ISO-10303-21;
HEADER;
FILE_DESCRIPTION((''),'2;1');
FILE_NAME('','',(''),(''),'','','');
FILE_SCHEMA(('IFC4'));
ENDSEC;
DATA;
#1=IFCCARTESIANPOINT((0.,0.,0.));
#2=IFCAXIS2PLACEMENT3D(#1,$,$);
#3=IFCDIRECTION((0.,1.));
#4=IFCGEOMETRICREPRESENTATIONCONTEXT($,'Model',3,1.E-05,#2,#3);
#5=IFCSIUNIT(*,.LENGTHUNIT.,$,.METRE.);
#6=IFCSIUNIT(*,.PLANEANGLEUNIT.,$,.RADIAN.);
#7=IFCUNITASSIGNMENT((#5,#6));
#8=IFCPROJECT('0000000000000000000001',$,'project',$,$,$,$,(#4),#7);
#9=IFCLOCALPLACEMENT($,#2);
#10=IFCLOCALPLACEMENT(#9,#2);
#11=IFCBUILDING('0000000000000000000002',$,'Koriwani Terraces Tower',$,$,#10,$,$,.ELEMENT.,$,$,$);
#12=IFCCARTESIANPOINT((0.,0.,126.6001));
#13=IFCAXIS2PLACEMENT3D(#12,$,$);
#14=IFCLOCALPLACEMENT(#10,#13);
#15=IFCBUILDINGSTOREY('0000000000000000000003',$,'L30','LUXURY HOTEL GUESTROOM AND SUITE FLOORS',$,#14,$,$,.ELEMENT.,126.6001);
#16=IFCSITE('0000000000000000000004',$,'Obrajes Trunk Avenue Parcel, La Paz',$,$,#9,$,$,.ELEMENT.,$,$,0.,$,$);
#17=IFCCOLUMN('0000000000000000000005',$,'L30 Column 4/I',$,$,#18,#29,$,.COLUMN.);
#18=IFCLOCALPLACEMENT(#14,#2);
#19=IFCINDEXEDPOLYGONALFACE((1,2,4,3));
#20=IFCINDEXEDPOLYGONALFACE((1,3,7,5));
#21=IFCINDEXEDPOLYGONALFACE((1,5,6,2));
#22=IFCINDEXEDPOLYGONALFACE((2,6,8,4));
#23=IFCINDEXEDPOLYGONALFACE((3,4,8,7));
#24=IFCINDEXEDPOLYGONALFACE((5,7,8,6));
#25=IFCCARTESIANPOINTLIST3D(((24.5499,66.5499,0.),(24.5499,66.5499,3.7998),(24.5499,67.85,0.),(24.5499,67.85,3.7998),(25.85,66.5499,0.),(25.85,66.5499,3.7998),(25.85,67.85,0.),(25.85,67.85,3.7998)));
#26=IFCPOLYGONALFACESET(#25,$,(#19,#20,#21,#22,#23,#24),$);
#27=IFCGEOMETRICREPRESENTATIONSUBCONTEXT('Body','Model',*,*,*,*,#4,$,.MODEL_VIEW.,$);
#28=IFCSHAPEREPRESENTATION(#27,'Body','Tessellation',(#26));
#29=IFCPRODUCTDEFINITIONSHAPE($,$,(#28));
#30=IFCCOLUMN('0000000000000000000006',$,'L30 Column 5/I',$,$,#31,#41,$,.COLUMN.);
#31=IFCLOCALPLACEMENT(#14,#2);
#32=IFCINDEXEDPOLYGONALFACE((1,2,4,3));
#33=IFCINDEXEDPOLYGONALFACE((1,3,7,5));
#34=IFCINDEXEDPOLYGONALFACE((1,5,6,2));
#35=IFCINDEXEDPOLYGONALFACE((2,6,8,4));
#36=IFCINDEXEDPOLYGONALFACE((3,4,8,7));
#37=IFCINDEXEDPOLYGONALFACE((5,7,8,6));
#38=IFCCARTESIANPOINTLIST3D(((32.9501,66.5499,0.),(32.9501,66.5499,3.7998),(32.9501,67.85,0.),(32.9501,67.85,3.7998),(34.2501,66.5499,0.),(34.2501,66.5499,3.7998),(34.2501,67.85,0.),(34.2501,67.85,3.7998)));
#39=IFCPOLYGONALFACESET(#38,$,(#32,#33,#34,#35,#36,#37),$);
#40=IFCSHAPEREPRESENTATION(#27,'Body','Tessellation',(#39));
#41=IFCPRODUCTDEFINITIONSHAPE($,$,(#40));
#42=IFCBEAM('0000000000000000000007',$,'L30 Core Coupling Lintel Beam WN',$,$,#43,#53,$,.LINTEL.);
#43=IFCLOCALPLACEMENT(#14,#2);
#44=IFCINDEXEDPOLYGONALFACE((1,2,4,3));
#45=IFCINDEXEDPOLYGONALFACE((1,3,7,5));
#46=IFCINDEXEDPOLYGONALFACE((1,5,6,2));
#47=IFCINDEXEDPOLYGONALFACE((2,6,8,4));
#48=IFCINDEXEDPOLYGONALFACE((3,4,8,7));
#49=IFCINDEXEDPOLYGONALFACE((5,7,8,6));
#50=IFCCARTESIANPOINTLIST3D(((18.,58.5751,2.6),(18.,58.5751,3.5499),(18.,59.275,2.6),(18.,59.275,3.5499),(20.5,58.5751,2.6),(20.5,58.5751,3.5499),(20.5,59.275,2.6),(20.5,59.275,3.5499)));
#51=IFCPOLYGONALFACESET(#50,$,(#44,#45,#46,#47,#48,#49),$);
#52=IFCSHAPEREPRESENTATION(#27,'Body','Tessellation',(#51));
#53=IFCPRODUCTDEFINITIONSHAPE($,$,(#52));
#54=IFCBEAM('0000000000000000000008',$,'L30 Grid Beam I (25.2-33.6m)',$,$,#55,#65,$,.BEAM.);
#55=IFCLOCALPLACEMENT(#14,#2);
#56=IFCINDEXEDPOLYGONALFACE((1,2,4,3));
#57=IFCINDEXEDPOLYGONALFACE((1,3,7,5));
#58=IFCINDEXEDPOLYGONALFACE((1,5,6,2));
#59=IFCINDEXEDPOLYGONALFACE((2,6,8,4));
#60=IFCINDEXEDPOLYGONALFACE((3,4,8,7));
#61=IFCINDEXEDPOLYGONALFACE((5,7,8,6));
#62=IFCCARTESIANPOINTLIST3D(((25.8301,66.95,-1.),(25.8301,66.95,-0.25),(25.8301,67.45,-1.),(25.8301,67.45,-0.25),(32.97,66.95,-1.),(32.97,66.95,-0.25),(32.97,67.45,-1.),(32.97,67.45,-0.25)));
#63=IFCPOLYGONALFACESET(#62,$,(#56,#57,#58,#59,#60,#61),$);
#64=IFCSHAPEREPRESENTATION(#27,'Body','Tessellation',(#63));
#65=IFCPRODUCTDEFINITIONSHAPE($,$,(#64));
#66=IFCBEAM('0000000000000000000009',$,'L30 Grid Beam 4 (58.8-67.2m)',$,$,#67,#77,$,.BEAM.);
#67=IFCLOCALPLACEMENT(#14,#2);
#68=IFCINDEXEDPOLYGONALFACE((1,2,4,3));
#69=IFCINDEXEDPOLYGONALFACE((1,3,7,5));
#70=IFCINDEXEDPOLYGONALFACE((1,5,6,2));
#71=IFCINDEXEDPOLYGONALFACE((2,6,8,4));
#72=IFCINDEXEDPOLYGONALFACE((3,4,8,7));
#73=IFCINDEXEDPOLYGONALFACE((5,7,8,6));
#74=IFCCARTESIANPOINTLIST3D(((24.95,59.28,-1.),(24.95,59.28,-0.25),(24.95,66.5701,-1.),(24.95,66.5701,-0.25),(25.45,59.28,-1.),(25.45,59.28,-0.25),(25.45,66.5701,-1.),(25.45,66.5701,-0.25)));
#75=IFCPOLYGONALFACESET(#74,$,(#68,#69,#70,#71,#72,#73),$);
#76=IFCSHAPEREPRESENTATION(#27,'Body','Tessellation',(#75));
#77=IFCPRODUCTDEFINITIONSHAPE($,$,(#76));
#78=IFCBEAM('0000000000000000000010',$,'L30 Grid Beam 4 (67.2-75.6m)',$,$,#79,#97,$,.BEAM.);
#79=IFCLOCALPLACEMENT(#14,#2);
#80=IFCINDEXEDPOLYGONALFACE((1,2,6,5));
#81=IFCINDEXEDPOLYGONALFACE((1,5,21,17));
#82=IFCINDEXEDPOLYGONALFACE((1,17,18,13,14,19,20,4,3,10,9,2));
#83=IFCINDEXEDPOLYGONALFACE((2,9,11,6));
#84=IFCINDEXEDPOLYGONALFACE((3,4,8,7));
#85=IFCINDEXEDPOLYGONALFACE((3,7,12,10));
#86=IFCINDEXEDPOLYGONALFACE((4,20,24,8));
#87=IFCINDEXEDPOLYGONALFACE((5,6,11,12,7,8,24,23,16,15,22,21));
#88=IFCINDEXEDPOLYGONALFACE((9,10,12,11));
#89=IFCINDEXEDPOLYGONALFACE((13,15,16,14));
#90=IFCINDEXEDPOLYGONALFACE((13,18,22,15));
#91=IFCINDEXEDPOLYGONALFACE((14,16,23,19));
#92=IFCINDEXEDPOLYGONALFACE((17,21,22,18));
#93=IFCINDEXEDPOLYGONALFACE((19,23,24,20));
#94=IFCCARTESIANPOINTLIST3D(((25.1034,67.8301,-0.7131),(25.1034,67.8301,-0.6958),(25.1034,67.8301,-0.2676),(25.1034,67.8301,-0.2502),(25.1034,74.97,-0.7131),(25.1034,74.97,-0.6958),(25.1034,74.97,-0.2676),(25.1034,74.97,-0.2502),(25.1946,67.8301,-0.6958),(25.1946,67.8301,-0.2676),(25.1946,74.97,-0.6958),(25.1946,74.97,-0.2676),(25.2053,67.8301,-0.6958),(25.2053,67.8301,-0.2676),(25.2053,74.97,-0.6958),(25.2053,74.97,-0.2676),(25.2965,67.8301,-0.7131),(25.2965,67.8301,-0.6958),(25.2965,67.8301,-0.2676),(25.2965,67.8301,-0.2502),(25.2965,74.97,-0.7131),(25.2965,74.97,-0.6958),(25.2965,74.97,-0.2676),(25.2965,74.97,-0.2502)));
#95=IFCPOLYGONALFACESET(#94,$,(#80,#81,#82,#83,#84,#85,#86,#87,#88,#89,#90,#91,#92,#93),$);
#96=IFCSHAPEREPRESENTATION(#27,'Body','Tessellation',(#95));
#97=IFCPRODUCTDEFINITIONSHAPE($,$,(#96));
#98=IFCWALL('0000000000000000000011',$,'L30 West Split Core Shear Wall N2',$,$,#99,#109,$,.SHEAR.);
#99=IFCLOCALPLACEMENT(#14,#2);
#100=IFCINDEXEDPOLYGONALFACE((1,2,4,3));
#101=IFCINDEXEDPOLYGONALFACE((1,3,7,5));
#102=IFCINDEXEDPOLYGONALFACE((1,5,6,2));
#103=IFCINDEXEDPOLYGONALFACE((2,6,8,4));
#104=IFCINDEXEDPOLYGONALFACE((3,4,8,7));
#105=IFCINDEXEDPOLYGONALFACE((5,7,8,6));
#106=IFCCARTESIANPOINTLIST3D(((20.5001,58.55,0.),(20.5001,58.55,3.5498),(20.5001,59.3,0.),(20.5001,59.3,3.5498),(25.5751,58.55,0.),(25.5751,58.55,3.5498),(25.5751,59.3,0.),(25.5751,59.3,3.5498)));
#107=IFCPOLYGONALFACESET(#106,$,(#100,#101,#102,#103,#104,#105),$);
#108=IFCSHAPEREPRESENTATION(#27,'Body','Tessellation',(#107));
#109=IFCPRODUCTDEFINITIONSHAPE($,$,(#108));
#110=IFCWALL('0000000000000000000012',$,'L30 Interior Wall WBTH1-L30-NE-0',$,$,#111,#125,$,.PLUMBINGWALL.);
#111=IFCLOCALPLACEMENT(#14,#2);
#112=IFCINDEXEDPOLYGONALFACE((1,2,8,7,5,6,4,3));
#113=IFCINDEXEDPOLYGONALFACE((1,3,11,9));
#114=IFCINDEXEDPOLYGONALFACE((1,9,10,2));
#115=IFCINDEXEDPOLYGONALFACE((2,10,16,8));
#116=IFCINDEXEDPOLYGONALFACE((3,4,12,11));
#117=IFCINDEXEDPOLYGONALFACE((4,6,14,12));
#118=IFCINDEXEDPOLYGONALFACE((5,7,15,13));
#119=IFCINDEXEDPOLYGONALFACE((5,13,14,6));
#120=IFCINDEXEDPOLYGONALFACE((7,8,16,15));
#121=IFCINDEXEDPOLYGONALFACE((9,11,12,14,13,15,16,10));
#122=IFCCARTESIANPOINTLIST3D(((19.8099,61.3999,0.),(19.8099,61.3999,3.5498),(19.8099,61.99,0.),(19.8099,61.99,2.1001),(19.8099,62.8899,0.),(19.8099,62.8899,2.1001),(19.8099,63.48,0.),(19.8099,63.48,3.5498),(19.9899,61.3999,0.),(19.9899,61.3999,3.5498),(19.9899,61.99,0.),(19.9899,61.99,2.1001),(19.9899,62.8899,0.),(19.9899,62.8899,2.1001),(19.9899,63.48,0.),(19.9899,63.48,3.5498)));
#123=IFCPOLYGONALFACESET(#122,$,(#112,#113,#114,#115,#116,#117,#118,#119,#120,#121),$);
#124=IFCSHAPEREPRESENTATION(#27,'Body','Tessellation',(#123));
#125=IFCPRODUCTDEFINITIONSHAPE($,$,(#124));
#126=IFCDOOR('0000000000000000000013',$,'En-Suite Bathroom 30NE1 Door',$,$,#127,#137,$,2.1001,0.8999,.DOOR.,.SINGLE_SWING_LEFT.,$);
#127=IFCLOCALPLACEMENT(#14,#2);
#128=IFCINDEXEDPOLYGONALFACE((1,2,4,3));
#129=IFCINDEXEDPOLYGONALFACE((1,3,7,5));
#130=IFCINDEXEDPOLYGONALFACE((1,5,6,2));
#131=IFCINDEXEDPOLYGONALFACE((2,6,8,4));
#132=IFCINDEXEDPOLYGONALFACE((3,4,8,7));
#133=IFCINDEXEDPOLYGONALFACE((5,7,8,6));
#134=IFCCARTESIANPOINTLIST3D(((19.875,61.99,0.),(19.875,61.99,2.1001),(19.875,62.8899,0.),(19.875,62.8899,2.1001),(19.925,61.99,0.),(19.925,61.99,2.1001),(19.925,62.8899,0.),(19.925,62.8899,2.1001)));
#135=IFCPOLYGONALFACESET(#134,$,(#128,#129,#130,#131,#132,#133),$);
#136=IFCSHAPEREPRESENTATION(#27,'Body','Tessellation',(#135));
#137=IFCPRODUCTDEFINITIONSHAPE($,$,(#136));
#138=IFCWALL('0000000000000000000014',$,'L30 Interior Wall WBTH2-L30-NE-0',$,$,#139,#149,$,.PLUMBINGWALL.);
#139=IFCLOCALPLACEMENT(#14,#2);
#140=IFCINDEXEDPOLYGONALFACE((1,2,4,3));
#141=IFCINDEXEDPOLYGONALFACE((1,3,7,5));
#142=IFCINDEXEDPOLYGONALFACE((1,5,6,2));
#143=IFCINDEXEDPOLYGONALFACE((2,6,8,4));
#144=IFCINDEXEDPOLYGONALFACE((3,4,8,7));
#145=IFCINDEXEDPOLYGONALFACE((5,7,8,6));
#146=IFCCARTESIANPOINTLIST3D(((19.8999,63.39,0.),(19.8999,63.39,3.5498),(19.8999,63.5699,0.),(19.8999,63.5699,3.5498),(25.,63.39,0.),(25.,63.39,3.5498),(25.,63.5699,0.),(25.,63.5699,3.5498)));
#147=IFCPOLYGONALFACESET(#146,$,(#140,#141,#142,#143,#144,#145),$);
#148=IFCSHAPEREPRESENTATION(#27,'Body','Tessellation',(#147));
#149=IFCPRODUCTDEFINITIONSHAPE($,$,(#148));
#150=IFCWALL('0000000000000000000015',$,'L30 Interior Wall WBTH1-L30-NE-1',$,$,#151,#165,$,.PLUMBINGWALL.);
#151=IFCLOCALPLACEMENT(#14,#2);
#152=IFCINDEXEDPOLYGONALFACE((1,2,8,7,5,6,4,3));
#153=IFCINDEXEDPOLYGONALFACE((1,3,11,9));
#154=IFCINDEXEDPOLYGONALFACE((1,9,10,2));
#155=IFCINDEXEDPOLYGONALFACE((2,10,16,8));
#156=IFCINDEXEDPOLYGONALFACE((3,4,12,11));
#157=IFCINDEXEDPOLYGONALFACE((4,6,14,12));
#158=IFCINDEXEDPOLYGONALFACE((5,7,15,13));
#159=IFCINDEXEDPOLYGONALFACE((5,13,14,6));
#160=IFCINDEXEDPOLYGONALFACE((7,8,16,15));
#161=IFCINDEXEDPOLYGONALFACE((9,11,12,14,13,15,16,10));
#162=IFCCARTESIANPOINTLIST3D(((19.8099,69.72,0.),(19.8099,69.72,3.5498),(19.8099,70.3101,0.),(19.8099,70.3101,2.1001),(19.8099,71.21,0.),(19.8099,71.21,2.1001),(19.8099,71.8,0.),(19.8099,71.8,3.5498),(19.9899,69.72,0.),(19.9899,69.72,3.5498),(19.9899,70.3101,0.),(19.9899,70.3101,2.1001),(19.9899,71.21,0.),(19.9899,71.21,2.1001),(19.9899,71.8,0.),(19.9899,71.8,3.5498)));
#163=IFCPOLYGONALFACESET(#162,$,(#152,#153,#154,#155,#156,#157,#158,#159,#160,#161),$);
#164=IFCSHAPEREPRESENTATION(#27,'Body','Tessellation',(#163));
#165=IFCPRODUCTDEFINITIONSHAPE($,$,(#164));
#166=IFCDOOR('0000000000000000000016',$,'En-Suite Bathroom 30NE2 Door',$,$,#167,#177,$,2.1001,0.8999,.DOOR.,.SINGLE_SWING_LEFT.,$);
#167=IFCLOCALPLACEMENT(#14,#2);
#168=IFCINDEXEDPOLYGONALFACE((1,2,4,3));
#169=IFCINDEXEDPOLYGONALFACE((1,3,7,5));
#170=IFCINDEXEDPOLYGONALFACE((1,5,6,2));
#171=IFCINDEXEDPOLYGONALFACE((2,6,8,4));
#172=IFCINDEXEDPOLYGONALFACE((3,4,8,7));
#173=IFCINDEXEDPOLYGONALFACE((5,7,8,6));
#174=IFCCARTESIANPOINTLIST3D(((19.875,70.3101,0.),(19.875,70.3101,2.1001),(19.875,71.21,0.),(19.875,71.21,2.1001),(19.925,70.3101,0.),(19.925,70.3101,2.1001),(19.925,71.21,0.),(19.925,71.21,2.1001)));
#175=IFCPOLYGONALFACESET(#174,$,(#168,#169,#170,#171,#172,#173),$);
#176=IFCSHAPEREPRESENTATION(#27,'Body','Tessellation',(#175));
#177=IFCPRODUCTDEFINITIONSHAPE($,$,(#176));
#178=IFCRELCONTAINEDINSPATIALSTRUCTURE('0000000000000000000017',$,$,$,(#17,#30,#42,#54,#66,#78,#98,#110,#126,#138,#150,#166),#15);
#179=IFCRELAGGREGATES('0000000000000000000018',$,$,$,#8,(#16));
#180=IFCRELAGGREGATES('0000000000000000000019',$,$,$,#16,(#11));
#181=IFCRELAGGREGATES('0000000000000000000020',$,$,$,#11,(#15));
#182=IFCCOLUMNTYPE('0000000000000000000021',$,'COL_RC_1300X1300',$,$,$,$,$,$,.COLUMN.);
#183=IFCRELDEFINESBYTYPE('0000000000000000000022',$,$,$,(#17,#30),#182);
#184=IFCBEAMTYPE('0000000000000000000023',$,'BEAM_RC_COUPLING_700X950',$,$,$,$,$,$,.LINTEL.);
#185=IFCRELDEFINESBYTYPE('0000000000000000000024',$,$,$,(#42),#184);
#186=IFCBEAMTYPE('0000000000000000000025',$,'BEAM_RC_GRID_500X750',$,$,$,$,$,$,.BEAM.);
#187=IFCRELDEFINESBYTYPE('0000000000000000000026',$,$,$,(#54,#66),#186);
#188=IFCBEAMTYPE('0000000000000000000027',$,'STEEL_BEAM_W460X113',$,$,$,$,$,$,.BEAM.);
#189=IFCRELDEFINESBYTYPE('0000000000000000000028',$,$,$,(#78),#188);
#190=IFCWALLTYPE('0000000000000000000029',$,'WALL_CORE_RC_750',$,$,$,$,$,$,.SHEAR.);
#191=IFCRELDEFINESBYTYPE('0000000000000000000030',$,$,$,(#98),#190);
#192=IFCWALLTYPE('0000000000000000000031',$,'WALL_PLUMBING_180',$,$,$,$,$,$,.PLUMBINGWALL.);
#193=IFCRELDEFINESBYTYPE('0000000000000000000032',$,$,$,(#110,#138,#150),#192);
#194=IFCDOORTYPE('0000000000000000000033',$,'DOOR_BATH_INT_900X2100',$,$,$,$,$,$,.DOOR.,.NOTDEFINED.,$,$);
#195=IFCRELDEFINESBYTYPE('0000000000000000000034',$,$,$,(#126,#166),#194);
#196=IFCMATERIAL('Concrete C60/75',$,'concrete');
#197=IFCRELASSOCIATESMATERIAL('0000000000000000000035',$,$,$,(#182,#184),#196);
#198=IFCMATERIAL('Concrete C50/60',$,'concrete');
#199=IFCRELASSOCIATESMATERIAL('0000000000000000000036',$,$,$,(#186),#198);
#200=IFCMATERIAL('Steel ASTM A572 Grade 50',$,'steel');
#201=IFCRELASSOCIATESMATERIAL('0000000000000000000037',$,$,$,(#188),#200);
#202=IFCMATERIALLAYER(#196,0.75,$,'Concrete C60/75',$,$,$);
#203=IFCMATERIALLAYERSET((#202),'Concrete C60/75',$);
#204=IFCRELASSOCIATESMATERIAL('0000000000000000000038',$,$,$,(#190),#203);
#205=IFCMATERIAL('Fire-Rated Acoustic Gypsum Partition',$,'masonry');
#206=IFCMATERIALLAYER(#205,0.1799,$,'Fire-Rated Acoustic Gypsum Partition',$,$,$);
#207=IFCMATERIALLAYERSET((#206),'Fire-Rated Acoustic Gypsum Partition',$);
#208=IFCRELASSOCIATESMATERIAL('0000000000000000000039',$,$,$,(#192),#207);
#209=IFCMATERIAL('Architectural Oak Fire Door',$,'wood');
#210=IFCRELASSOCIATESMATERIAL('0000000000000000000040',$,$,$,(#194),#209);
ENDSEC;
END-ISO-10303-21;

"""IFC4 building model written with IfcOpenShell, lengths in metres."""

from ifc_helpers import new_model, si_unit, direction, frame, frame_2d, origin, origin_2d, place, context, subcontext, project, spatial, rectangle, i_section, extrude, material, layer, layer_set, material_profile, profile_set, type_object, element, fill, save


model = new_model("IFC4")

# Units and contexts
model_context = context("Model", 3, precision=1e-05, world=origin(), true_north=direction((0.0, 1.0)))
body_context = subcontext(model_context, "Body", "Model", "MODEL_VIEW")
ifc_project = project(units=[si_unit("LENGTHUNIT", "METRE"), si_unit("PLANEANGLEUNIT", "RADIAN")], contexts=[model_context])

# Site, building, storey
site_placement = place(None, origin())
site = spatial("IfcSite", under=ifc_project, at=site_placement, Name="Obrajes Trunk Avenue Parcel, La Paz", CompositionType="ELEMENT", RefElevation=0.0)
building_placement = place(site_placement, origin())
building = spatial("IfcBuilding", under=site, at=building_placement, Name="Koriwani Terraces Tower", CompositionType="ELEMENT")
storey_placement = place(building_placement, frame((0.0, 0.0, 126.6001)))
storey = spatial("IfcBuildingStorey", under=building, at=storey_placement, Name="L30", Description="LUXURY HOTEL GUESTROOM AND SUITE FLOORS", CompositionType="ELEMENT", Elevation=126.6001)

# Columns
ifc_material_1 = material(Name="Concrete C60/75", Category="concrete")
ifc_material_profile_1 = material_profile(ifc_material_1, rectangle(XDim=1.3, YDim=1.3, at=origin_2d()), Name="Concrete C60/75", Category="LoadBearing")
ifc_profile_set_1 = profile_set([ifc_material_profile_1], Name="Concrete C60/75")
column_type = type_object("IfcColumnType", Name="COL_RC_1300X1300", PredefinedType="COLUMN", material=ifc_profile_set_1)
for number, where, z_axis, x_axis, name in (
    (1, (25.2, 67.2, 0.0), (0.0, 0.0, 1.0), (1.0, 0.0, 0.0), "L30 Column 4/I"),
    (2, (33.6001, 67.2, 0.0), (0.0, 0.0, 1.0), (1.0, 0.0, 0.0), "L30 Column 5/I"),
):
    element("IfcColumn", number, at=place(storey_placement, frame(where, z_axis=z_axis, x_axis=x_axis)), inside=storey, type_object=column_type, Name=name, PredefinedType="COLUMN", context=body_context, shape_type="SweptSolid", body=[
        extrude(rectangle(XDim=1.3, YDim=1.3, at=origin_2d()), origin(), (0.0, 0.0, 1.0), 3.7998),
    ])

# Beams
ifc_material_profile_2 = material_profile(ifc_material_1, rectangle(XDim=0.7, YDim=0.95, at=origin_2d()), Name="Concrete C60/75", Category="LoadBearing")
ifc_profile_set_2 = profile_set([ifc_material_profile_2], Name="Concrete C60/75")
beam_type_1 = type_object("IfcBeamType", Name="BEAM_RC_COUPLING_700X950", PredefinedType="LINTEL", material=ifc_profile_set_2)
beam_1_placement = place(storey_placement, frame((18.0, 58.925, 3.075), z_axis=(1.0, 0.0, 0.0), x_axis=(0.0, 1.0, 0.0)))
element("IfcBeam", 3, at=beam_1_placement, inside=storey, type_object=beam_type_1, Name="L30 Core Coupling Lintel Beam WN", PredefinedType="LINTEL", context=body_context, shape_type="SweptSolid", body=[
    extrude(rectangle(XDim=0.7, YDim=0.95, at=origin_2d()), origin(), (0.0, 0.0, 1.0), 2.5),
])
ifc_material_2 = material(Name="Concrete C50/60", Category="concrete")
ifc_material_profile_3 = material_profile(ifc_material_2, rectangle(XDim=0.5, YDim=0.75, at=origin_2d()), Name="Concrete C50/60", Category="LoadBearing")
ifc_profile_set_3 = profile_set([ifc_material_profile_3], Name="Concrete C50/60")
beam_type_2 = type_object("IfcBeamType", Name="BEAM_RC_GRID_500X750", PredefinedType="BEAM", material=ifc_profile_set_3)
beam_2_placement = place(storey_placement, frame((25.8301, 67.2, -0.625), z_axis=(1.0, 0.0, 0.0), x_axis=(0.0, 1.0, 0.0)))
element("IfcBeam", 4, at=beam_2_placement, inside=storey, type_object=beam_type_2, Name="L30 Grid Beam I (25.2-33.6m)", PredefinedType="BEAM", context=body_context, shape_type="SweptSolid", body=[
    extrude(rectangle(XDim=0.5, YDim=0.75, at=origin_2d()), origin(), (0.0, 0.0, 1.0), 7.1399),
])
beam_3_placement = place(storey_placement, frame((25.2, 59.28, -0.625), z_axis=(0.0, 1.0, 0.0), x_axis=(-1.0, 0.0, 0.0)))
element("IfcBeam", 5, at=beam_3_placement, inside=storey, type_object=beam_type_2, Name="L30 Grid Beam 4 (58.8-67.2m)", PredefinedType="BEAM", context=body_context, shape_type="SweptSolid", body=[
    extrude(rectangle(XDim=0.5, YDim=0.75, at=origin_2d()), origin(), (0.0, 0.0, 1.0), 7.29),
])
ifc_material_3 = material(Name="Steel ASTM A572 Grade 50", Category="steel")
ifc_material_profile_4 = material_profile(ifc_material_3, i_section(OverallWidth=0.1931, OverallDepth=0.4629, WebThickness=0.0107, FlangeThickness=0.0173, at=origin_2d()), Name="Steel ASTM A572 Grade 50", Category="LoadBearing")
ifc_profile_set_4 = profile_set([ifc_material_profile_4], Name="Steel ASTM A572 Grade 50")
beam_type_3 = type_object("IfcBeamType", Name="STEEL_BEAM_W460X113", PredefinedType="BEAM", material=ifc_profile_set_4)
beam_4_placement = place(storey_placement, frame((25.2, 67.8301, -0.4817), z_axis=(0.0, 1.0, 0.0), x_axis=(-1.0, 0.0, 0.0)))
element("IfcBeam", 6, at=beam_4_placement, inside=storey, type_object=beam_type_3, Name="L30 Grid Beam 4 (67.2-75.6m)", PredefinedType="BEAM", context=body_context, shape_type="SweptSolid", body=[
    extrude(i_section(OverallWidth=0.1931, OverallDepth=0.4629, WebThickness=0.0107, FlangeThickness=0.0173, at=origin_2d()), origin(), (0.0, 0.0, 1.0), 7.1399),
])

# Wall
ifc_layer_1 = layer(ifc_material_1, 0.75, Name="Concrete C60/75")
ifc_layer_set_1 = layer_set([ifc_layer_1], Name="Concrete C60/75")
wall_type_1 = type_object("IfcWallType", Name="WALL_CORE_RC_750", PredefinedType="SHEAR", material=ifc_layer_set_1)
wall_1_placement = place(storey_placement, frame((20.5, 58.925, 0.0), z_axis=(0.0, 0.0, 1.0), x_axis=(1.0, 0.0, 0.0)))
element("IfcWall", 7, at=wall_1_placement, inside=storey, type_object=wall_type_1, Name="L30 West Split Core Shear Wall N2", PredefinedType="SHEAR", context=body_context, shape_type="SweptSolid", body=[
    extrude(rectangle(XDim=5.075, YDim=0.75, at=frame_2d((2.5376, 0.0))), origin(), (0.0, 0.0, 1.0), 3.5498),
])

# Shared definitions
ifc_material_4 = material(Name="Architectural Oak Fire Door", Category="wood")

# Wall, opening, door
ifc_material_5 = material(Name="Fire-Rated Acoustic Gypsum Partition", Category="masonry")
ifc_layer_2 = layer(ifc_material_5, 0.1799, Name="Fire-Rated Acoustic Gypsum Partition")
ifc_layer_set_2 = layer_set([ifc_layer_2], Name="Fire-Rated Acoustic Gypsum Partition")
wall_type_2 = type_object("IfcWallType", Name="WALL_PLUMBING_180", PredefinedType="PLUMBINGWALL", material=ifc_layer_set_2)
wall_2_placement = place(storey_placement, frame((19.8999, 61.3999, 0.0), z_axis=(0.0, 0.0, 1.0), x_axis=(0.0, 1.0, 0.0)))
wall_2 = element("IfcWall", 8, at=wall_2_placement, inside=storey, type_object=wall_type_2, Name="L30 Interior Wall WBTH1-L30-NE-0", PredefinedType="PLUMBINGWALL", context=body_context, shape_type="SweptSolid", body=[
    extrude(rectangle(XDim=2.0801, YDim=0.1799, at=frame_2d((1.04, 0.0))), origin(), (0.0, 0.0, 1.0), 3.5498),
])
opening_1_placement = place(wall_2_placement, frame((0.5901, 0.0, 0.0)))
opening_1 = element("IfcOpeningElement", 9, at=opening_1_placement, cuts=wall_2, PredefinedType="OPENING", context=body_context, shape_type="SweptSolid", body=[
    extrude(rectangle(XDim=0.8999, YDim=2.1001, at=frame_2d((0.45, 1.05))), frame((0.0, 0.1001, 0.0), z_axis=(0.0, -1.0, 0.0), x_axis=(1.0, 0.0, 0.0)), (0.0, 0.0, 1.0), 0.2),
])
door_type_1 = type_object("IfcDoorType", Name="DOOR_BATH_INT_900X2100", OperationType="NOTDEFINED", PredefinedType="DOOR", material=ifc_material_4)
door_1_placement = place(opening_1_placement, origin())
door_1 = element("IfcDoor", 10, at=door_1_placement, inside=storey, type_object=door_type_1, Name="En-Suite Bathroom 30NE1 Door", OperationType="SINGLE_SWING_LEFT", OverallHeight=2.1001, OverallWidth=0.8999, PredefinedType="DOOR", context=body_context, shape_type="SweptSolid", body=[
    extrude(rectangle(XDim=0.8999, YDim=2.1001, at=frame_2d((0.45, 1.05))), frame((0.0, 0.0249, 0.0), z_axis=(0.0, -1.0, 0.0), x_axis=(1.0, 0.0, 0.0)), (0.0, 0.0, 1.0), 0.05),
])
fill(opening_1, door_1)

# Wall
wall_3_placement = place(storey_placement, frame((19.8999, 63.48, 0.0), z_axis=(0.0, 0.0, 1.0), x_axis=(1.0, 0.0, 0.0)))
element("IfcWall", 11, at=wall_3_placement, inside=storey, type_object=wall_type_2, Name="L30 Interior Wall WBTH2-L30-NE-0", PredefinedType="PLUMBINGWALL", context=body_context, shape_type="SweptSolid", body=[
    extrude(rectangle(XDim=5.1001, YDim=0.1799, at=frame_2d((2.55, 0.0))), origin(), (0.0, 0.0, 1.0), 3.5498),
])

# Wall, opening, door
wall_4_placement = place(storey_placement, frame((19.8999, 69.72, 0.0), z_axis=(0.0, 0.0, 1.0), x_axis=(0.0, 1.0, 0.0)))
wall_4 = element("IfcWall", 12, at=wall_4_placement, inside=storey, type_object=wall_type_2, Name="L30 Interior Wall WBTH1-L30-NE-1", PredefinedType="PLUMBINGWALL", context=body_context, shape_type="SweptSolid", body=[
    extrude(rectangle(XDim=2.0801, YDim=0.1799, at=frame_2d((1.04, 0.0))), origin(), (0.0, 0.0, 1.0), 3.5498),
])
opening_2_placement = place(wall_4_placement, frame((0.5901, 0.0, 0.0)))
opening_2 = element("IfcOpeningElement", 13, at=opening_2_placement, cuts=wall_4, PredefinedType="OPENING", context=body_context, shape_type="SweptSolid", body=[
    extrude(rectangle(XDim=0.8999, YDim=2.1001, at=frame_2d((0.45, 1.05))), frame((0.0, 0.1001, 0.0), z_axis=(0.0, -1.0, 0.0), x_axis=(1.0, 0.0, 0.0)), (0.0, 0.0, 1.0), 0.2),
])
door_2_placement = place(opening_2_placement, origin())
door_2 = element("IfcDoor", 14, at=door_2_placement, inside=storey, type_object=door_type_1, Name="En-Suite Bathroom 30NE2 Door", OperationType="SINGLE_SWING_LEFT", OverallHeight=2.1001, OverallWidth=0.8999, PredefinedType="DOOR", context=body_context, shape_type="SweptSolid", body=[
    extrude(rectangle(XDim=0.8999, YDim=2.1001, at=frame_2d((0.45, 1.05))), frame((0.0, 0.0249, 0.0), z_axis=(0.0, -1.0, 0.0), x_axis=(1.0, 0.0, 0.0)), (0.0, 0.0, 1.0), 0.05),
])
fill(opening_2, door_2)

save(model, "model.ifc")
